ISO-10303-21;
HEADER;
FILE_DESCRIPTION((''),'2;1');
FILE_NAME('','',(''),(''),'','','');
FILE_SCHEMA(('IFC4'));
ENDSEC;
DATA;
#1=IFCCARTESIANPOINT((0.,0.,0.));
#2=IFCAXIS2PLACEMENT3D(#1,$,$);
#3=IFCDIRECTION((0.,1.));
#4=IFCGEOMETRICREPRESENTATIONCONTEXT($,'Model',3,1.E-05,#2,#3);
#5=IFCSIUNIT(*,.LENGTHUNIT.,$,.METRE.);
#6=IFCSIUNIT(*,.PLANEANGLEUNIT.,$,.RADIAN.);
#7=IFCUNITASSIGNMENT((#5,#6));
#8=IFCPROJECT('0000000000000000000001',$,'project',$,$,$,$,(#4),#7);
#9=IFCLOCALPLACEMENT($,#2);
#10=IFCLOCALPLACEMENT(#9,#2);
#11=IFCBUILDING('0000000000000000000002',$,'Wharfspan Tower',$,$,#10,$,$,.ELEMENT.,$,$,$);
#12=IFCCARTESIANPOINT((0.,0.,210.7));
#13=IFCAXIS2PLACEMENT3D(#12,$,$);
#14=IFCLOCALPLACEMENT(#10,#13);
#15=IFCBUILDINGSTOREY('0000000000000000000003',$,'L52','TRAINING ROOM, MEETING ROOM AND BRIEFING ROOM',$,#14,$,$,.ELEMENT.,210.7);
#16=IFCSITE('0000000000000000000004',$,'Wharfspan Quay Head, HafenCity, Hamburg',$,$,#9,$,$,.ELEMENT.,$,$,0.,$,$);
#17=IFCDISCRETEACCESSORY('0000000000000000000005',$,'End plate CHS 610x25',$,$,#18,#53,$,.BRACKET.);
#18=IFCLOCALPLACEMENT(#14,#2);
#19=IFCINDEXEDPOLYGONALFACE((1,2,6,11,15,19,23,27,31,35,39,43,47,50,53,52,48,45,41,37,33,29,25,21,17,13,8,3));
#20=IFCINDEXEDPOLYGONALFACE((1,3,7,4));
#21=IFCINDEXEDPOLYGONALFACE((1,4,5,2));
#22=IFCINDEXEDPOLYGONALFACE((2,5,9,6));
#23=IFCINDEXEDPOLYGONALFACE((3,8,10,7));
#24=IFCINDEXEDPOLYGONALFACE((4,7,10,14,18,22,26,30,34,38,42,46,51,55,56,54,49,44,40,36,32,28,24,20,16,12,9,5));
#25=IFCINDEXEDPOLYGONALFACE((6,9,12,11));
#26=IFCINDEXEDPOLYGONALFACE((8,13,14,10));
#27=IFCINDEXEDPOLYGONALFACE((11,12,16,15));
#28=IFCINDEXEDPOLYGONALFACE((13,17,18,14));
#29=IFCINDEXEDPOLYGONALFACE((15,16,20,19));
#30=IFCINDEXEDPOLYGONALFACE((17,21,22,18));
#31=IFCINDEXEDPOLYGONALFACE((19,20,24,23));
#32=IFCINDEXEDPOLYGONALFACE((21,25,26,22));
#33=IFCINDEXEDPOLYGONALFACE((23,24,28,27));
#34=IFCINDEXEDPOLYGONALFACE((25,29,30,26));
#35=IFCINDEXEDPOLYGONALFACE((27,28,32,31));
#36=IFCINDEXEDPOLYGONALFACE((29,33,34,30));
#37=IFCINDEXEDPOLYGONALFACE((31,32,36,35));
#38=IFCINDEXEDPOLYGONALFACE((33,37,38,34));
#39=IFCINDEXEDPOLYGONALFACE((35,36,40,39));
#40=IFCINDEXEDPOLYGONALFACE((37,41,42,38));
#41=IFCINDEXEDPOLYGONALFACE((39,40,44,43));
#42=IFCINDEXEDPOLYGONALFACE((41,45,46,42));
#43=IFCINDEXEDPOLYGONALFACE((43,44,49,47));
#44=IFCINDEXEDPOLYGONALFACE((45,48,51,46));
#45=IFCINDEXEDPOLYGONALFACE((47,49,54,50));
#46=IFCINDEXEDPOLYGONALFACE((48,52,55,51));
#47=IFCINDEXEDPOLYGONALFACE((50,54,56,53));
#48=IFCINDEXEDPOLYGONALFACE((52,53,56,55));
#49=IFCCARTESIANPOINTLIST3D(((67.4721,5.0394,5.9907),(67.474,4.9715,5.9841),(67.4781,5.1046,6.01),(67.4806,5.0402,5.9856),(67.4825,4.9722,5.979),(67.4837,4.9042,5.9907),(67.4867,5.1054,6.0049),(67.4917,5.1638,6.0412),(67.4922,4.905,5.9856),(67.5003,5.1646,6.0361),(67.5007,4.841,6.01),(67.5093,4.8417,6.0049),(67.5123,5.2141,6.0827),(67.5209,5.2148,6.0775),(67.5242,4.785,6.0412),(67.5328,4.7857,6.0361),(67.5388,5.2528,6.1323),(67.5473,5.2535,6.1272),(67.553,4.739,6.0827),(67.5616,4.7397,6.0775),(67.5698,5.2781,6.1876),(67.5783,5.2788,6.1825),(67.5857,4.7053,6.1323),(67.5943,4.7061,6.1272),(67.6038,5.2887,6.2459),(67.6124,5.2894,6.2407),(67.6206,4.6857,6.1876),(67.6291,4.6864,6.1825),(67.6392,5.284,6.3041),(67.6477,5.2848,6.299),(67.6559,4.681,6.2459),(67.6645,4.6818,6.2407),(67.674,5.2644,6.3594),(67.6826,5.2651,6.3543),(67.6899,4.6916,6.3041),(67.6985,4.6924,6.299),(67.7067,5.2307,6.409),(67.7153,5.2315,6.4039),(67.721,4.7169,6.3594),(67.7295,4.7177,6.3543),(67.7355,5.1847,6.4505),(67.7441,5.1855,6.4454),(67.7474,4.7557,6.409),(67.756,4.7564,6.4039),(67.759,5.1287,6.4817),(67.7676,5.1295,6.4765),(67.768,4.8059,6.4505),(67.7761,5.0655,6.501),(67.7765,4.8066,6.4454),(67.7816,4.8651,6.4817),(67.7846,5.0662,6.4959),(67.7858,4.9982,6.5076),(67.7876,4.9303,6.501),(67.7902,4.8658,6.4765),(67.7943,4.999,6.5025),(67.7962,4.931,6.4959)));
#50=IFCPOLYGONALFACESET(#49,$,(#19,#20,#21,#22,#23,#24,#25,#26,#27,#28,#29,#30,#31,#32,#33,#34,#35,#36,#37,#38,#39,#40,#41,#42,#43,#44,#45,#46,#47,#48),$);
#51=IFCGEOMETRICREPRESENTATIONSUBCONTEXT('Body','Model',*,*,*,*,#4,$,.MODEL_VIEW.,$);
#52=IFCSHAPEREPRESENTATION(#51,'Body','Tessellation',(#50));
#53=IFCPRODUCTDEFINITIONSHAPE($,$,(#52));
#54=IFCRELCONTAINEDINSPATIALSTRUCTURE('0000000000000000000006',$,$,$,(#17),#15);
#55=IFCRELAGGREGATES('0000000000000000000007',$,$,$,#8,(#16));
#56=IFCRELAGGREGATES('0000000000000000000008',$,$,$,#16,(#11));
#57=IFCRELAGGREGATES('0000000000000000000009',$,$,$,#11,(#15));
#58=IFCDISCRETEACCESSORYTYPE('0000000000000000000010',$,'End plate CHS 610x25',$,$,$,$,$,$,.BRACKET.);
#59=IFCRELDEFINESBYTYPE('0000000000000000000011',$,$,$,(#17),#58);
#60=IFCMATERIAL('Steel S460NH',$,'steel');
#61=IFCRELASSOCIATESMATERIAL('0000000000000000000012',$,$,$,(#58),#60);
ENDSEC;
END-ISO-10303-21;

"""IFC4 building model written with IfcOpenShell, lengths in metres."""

from ifc_helpers import new_model, si_unit, direction, frame, origin, origin_2d, place, context, subcontext, project, spatial, circle, extrude, material, material_profile, profile_set, type_object, element, save


model = new_model("IFC4")

# Units and contexts
model_context = context("Model", 3, precision=1e-05, world=origin(), true_north=direction((0.0, 1.0)))
body_context = subcontext(model_context, "Body", "Model", "MODEL_VIEW")
ifc_project = project(units=[si_unit("LENGTHUNIT", "METRE"), si_unit("PLANEANGLEUNIT", "RADIAN")], contexts=[model_context])

# Site, building, storey
site_placement = place(None, origin())
site = spatial("IfcSite", under=ifc_project, at=site_placement, Name="Wharfspan Quay Head, HafenCity, Hamburg", CompositionType="ELEMENT", RefElevation=0.0)
building_placement = place(site_placement, origin())
building = spatial("IfcBuilding", under=site, at=building_placement, Name="Wharfspan Tower", CompositionType="ELEMENT")
storey_placement = place(building_placement, frame((0.0, 0.0, 210.7)))
storey = spatial("IfcBuildingStorey", under=building, at=storey_placement, Name="L52", Description="TRAINING ROOM, MEETING ROOM AND BRIEFING ROOM", CompositionType="ELEMENT", Elevation=210.7)

# Shared definitions
ifc_material_1 = material(Name="Steel S460NH", Category="steel")

# Discrete accessory
ifc_material_profile_1 = material_profile(ifc_material_1, circle(Radius=0.3049, at=origin_2d()))
ifc_profile_set_1 = profile_set([ifc_material_profile_1], Name="Steel S460NH")
discrete_accessory_type = type_object("IfcDiscreteAccessoryType", Name="End plate CHS 610x25", PredefinedType="BRACKET", material=ifc_profile_set_1)
for number, where, z_axis, x_axis, name in (
    (1, (67.6384, 4.9856, 6.2407), (-0.855186, -0.073302, 0.513112), (0.085402, -0.996345, 0.000001), "End plate CHS 610x25"),
):
    element("IfcDiscreteAccessory", number, at=place(storey_placement, frame(where, z_axis=z_axis, x_axis=x_axis)), inside=storey, type_object=discrete_accessory_type, Name=name, PredefinedType="BRACKET", context=body_context, shape_type="SweptSolid", body=[
        extrude(circle(Radius=0.3049, at=origin_2d()), origin(), (0.0, 0.0, 1.0), 0.01),
    ])

save(model, "model.ifc")
